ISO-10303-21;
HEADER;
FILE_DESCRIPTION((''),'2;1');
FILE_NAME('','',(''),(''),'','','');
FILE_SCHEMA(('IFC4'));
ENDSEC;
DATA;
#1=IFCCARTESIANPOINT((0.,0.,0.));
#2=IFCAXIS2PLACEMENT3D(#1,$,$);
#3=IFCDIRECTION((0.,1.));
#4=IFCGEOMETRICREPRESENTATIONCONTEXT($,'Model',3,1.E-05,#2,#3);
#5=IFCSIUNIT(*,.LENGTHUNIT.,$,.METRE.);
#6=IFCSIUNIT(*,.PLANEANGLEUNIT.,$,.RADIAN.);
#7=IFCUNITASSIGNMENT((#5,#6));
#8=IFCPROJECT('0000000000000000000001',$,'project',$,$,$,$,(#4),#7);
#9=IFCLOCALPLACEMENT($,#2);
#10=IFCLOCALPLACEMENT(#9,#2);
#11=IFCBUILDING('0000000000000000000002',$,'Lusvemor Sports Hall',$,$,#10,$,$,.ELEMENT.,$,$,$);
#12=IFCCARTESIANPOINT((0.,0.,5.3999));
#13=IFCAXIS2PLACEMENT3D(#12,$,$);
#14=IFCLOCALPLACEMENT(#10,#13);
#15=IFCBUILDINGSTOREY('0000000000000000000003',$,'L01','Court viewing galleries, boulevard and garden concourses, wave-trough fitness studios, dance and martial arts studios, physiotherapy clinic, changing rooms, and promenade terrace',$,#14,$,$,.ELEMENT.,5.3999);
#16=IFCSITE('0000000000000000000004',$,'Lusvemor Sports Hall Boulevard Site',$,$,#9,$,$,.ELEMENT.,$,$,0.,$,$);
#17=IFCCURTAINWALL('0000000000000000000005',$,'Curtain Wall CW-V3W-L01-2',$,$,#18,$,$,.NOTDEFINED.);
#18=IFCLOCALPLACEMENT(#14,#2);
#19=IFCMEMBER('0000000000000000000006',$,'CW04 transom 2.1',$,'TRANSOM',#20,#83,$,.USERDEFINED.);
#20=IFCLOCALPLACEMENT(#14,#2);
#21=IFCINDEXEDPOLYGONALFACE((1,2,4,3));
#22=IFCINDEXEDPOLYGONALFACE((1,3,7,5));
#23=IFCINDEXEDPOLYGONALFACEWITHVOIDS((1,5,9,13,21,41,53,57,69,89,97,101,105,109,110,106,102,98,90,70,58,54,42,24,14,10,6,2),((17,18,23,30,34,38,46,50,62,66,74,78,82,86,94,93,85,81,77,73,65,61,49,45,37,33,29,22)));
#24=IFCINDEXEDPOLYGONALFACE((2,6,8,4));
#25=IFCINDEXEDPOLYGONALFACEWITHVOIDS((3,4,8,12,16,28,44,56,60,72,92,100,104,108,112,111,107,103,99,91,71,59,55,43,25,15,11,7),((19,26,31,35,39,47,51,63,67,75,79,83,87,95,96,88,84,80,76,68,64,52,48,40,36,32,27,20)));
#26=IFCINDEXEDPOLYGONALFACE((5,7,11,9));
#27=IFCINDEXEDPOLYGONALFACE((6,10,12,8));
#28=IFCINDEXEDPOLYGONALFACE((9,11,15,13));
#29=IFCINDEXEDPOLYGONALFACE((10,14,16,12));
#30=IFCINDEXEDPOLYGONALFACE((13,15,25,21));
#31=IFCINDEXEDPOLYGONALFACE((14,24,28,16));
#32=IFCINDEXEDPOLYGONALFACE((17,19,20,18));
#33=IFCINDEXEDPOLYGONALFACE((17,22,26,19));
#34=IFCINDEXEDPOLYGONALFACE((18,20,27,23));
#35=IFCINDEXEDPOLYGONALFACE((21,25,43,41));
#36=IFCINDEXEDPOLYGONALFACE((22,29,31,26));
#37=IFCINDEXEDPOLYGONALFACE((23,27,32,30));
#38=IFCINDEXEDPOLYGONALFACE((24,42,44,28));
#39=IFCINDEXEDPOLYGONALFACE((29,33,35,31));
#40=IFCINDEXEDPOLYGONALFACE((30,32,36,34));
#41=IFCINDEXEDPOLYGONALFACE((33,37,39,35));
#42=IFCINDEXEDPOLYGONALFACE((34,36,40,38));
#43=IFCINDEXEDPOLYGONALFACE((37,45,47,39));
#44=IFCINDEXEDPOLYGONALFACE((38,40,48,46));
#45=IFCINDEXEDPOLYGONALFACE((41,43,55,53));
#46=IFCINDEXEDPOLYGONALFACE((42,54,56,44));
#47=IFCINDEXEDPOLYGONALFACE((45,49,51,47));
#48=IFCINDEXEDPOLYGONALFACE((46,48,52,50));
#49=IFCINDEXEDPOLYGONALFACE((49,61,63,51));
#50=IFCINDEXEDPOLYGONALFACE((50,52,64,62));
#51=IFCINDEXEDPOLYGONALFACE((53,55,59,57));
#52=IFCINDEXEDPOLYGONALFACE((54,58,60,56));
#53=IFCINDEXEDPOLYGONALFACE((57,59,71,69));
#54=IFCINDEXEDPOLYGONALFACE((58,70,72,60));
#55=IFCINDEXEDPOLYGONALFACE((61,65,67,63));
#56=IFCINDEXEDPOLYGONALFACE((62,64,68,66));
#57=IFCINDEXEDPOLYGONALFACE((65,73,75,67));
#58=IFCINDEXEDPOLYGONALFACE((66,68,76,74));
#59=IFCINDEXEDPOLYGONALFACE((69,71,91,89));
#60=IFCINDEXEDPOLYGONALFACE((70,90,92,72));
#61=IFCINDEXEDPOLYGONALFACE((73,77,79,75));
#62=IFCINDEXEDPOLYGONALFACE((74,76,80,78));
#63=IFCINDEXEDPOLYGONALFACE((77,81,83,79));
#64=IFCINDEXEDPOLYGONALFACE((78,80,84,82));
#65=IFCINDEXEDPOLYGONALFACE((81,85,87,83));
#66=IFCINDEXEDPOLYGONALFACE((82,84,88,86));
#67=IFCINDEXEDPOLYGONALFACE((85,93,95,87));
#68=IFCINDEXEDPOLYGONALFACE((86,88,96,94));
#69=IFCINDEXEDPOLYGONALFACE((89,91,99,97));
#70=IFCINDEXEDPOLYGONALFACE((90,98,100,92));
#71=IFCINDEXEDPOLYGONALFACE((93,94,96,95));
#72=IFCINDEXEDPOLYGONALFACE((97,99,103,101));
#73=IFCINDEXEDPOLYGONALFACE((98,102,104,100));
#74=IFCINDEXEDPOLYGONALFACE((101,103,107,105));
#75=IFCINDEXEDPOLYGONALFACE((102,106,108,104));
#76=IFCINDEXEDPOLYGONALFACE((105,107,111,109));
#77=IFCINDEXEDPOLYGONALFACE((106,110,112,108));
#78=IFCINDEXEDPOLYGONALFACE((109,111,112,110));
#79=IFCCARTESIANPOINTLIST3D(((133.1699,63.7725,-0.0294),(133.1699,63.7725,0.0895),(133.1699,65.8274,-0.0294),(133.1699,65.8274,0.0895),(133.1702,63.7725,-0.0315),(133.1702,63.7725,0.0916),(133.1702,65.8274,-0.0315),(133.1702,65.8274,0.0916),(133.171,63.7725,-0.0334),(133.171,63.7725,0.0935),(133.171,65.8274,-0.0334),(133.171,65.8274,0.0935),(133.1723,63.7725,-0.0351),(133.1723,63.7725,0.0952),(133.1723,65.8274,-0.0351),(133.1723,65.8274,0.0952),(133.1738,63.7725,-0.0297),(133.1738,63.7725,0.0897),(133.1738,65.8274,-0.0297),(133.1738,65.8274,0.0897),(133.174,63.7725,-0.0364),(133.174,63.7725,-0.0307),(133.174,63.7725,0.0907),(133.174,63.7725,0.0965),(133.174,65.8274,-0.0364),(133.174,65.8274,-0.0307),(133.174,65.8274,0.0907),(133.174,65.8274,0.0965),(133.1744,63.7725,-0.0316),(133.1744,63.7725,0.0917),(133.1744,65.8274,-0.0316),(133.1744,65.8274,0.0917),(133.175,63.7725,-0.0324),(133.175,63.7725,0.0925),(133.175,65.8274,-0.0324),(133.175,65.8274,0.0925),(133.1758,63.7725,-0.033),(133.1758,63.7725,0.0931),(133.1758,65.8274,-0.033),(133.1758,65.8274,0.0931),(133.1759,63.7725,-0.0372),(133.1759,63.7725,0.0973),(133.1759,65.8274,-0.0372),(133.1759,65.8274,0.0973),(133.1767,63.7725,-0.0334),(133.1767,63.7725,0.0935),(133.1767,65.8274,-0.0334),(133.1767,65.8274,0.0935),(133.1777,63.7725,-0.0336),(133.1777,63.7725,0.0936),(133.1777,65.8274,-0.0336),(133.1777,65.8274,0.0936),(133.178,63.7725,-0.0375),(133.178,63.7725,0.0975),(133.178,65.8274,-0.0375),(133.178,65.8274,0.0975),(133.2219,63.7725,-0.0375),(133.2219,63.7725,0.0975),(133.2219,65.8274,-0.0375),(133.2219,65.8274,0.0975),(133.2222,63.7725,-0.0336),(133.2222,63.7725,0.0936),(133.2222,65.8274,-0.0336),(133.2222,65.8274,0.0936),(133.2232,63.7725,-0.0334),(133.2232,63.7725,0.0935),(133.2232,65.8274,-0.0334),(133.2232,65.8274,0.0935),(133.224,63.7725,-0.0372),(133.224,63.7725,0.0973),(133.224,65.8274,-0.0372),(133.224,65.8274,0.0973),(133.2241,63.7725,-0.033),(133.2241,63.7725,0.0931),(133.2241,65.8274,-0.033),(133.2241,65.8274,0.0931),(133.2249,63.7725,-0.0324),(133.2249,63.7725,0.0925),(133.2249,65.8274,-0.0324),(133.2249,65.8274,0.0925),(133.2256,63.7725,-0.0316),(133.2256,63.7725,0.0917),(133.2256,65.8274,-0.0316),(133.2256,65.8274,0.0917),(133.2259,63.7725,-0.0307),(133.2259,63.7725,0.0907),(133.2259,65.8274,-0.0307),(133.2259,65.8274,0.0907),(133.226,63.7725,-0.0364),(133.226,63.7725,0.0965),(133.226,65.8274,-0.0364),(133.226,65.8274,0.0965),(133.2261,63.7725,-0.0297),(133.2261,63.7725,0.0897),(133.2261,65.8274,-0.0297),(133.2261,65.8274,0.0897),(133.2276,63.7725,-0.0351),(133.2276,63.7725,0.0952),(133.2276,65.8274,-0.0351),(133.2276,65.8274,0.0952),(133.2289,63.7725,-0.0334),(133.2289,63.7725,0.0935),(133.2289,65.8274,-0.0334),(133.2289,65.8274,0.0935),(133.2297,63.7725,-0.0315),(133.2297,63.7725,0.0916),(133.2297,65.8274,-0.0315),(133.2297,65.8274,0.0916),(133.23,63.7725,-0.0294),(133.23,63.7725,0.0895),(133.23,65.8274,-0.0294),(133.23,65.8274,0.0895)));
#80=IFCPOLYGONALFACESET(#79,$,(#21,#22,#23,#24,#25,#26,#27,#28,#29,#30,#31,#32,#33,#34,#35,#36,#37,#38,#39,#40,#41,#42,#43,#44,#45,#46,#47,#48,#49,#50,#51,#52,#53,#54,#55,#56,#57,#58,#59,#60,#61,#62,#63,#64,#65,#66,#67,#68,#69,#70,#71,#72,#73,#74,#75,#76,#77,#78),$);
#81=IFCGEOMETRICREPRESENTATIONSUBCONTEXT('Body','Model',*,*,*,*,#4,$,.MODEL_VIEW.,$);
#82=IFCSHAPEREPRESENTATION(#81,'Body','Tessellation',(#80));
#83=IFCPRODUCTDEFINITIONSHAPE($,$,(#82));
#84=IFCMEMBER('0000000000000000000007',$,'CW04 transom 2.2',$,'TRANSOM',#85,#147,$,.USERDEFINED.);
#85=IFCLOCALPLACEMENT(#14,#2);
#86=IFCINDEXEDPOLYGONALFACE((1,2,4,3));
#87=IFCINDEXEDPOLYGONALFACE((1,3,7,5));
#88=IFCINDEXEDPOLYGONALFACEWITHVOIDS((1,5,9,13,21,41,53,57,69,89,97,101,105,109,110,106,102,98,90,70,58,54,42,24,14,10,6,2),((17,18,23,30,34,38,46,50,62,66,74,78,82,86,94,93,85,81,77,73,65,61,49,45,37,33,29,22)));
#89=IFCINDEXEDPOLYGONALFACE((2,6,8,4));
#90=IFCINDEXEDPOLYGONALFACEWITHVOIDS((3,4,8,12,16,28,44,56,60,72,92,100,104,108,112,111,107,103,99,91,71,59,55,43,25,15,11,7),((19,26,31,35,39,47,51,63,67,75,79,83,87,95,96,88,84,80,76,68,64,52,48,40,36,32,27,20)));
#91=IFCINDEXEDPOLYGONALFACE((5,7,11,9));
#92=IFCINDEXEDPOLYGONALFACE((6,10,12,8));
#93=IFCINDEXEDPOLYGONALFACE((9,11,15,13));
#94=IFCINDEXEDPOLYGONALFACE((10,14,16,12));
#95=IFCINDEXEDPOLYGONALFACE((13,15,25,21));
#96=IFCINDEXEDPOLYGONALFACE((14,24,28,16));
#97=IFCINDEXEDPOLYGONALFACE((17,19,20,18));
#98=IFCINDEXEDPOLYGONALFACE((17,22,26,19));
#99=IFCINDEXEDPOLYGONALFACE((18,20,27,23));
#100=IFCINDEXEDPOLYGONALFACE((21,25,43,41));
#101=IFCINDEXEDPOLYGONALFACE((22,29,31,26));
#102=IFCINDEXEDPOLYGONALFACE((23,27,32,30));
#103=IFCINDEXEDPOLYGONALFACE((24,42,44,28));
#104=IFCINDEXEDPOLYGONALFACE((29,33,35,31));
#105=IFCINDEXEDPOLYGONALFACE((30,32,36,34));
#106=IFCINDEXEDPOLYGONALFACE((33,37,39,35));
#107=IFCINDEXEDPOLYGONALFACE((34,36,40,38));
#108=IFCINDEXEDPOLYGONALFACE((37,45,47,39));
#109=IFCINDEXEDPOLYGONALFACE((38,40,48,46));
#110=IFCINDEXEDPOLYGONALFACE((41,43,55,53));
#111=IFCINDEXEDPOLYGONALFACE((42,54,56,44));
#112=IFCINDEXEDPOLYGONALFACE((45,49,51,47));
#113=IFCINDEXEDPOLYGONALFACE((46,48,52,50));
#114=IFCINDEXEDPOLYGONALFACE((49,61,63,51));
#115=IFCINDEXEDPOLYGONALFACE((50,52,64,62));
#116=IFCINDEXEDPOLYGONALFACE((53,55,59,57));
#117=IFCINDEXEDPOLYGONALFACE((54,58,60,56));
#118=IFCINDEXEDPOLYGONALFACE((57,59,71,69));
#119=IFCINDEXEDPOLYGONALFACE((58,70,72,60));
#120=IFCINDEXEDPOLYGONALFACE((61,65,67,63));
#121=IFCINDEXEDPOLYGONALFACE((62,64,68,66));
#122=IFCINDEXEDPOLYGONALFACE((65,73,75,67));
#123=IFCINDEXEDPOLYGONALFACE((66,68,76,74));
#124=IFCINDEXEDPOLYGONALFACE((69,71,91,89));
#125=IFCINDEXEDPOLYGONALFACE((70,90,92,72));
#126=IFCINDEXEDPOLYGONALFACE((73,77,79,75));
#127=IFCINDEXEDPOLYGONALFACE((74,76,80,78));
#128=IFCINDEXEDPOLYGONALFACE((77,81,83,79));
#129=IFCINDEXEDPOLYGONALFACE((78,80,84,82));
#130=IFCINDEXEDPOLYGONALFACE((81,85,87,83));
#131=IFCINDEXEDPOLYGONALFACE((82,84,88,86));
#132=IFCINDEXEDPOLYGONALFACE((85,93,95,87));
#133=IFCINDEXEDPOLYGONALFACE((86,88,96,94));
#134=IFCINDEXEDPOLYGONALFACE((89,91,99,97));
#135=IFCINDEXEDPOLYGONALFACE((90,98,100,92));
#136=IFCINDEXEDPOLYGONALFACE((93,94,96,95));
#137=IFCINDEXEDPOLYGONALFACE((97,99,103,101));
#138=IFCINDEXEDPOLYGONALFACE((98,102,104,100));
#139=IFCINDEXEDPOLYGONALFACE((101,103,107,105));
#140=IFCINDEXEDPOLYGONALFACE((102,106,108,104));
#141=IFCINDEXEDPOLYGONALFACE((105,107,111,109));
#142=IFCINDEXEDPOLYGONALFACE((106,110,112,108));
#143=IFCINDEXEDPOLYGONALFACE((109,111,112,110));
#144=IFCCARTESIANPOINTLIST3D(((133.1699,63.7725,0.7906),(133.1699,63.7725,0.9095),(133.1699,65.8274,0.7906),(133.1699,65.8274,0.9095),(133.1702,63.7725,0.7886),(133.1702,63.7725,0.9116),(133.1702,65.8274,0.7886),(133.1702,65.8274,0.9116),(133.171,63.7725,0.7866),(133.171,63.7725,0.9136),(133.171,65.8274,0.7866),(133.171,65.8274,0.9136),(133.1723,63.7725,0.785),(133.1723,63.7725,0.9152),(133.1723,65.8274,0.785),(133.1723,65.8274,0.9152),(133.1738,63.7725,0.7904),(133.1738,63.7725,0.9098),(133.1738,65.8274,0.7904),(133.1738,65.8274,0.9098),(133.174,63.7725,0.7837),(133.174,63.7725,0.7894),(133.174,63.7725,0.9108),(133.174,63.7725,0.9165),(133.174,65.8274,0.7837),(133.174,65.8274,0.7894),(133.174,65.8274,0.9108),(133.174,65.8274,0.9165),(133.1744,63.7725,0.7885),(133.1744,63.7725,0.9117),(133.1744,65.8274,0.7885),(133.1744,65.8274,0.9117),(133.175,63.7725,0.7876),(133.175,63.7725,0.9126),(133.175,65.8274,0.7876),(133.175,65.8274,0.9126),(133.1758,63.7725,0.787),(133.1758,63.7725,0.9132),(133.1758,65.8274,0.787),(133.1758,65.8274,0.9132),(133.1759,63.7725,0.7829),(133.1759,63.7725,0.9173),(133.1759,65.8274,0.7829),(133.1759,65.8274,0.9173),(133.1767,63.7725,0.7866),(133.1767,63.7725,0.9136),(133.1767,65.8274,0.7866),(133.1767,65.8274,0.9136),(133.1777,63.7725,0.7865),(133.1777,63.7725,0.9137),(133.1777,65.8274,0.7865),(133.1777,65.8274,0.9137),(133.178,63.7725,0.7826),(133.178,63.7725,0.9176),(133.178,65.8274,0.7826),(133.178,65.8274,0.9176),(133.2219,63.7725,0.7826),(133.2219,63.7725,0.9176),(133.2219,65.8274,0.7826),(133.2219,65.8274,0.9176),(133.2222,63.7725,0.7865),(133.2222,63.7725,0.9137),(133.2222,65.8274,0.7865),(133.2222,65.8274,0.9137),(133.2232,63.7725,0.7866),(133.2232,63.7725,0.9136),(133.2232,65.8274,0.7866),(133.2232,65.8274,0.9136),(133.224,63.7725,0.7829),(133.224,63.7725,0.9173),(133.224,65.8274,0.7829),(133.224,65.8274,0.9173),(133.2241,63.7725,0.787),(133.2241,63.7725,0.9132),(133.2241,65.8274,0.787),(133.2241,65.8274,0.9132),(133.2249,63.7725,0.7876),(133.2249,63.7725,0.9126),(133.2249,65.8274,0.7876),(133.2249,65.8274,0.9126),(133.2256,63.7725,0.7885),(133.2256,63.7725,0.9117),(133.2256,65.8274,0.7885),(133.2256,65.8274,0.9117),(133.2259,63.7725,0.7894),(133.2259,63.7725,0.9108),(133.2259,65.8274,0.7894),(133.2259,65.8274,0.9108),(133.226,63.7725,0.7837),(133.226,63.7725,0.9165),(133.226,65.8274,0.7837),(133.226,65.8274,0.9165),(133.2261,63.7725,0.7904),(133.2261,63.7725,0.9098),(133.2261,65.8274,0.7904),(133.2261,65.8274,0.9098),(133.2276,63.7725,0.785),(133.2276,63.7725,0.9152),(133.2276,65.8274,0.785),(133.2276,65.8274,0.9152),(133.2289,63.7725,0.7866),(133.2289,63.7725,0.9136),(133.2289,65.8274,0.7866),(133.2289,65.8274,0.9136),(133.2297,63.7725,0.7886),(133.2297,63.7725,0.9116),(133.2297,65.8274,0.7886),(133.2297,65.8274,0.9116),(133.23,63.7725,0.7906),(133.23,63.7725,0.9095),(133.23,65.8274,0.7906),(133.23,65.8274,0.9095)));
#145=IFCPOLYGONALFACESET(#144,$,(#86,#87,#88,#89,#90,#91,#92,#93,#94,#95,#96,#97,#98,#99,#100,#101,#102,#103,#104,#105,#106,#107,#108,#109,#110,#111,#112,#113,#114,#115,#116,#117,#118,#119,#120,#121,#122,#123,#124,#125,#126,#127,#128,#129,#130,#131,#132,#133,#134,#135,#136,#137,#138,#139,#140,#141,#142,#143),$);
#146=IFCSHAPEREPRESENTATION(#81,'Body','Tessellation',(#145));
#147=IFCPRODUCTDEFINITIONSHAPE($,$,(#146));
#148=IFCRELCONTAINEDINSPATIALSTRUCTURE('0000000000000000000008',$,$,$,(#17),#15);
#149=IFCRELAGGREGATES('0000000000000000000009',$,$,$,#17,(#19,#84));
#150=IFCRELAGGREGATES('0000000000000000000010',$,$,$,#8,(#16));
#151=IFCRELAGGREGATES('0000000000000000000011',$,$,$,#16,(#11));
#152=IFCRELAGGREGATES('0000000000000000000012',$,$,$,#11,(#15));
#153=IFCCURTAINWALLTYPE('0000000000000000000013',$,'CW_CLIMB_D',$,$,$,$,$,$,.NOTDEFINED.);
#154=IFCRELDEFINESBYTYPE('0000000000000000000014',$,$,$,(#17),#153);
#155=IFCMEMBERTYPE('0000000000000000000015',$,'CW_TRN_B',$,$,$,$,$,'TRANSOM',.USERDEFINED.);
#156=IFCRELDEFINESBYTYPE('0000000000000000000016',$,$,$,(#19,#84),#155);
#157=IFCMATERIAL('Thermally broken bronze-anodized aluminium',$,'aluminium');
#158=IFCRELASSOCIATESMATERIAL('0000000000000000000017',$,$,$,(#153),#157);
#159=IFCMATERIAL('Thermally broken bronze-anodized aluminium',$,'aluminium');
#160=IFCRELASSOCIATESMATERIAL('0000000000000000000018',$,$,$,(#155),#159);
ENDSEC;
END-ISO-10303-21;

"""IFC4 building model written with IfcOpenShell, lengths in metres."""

from ifc_helpers import new_model, si_unit, direction, frame, origin, origin_2d, place, context, subcontext, project, spatial, hollow_rectangle, extrude, material, material_profile, profile_set, type_object, element, aggregate, save


model = new_model("IFC4")

# Units and contexts
model_context = context("Model", 3, precision=1e-05, world=origin(), true_north=direction((0.0, 1.0)))
body_context = subcontext(model_context, "Body", "Model", "MODEL_VIEW")
ifc_project = project(units=[si_unit("LENGTHUNIT", "METRE"), si_unit("PLANEANGLEUNIT", "RADIAN")], contexts=[model_context])

# Site, building, storey
site_placement = place(None, origin())
site = spatial("IfcSite", under=ifc_project, at=site_placement, Name="Lusvemor Sports Hall Boulevard Site", CompositionType="ELEMENT", RefElevation=0.0)
building_placement = place(site_placement, origin())
building = spatial("IfcBuilding", under=site, at=building_placement, Name="Lusvemor Sports Hall", CompositionType="ELEMENT")
storey_placement = place(building_placement, frame((0.0, 0.0, 5.3999)))
storey = spatial("IfcBuildingStorey", under=building, at=storey_placement, Name="L01", Description="Court viewing galleries, boulevard and garden concourses, wave-trough fitness studios, dance and martial arts studios, physiotherapy clinic, changing rooms, and promenade terrace", CompositionType="ELEMENT", Elevation=5.3999)

# Shared definitions
ifc_material_1 = material(Name="Thermally broken bronze-anodized aluminium", Category="aluminium")
curtain_wall_type = type_object("IfcCurtainWallType", Name="CW_CLIMB_D", PredefinedType="NOTDEFINED", material=ifc_material_1)

# Curtain wall, members
curtain_wall_1_placement = place(storey_placement, origin())
curtain_wall_1 = element("IfcCurtainWall", 1, at=curtain_wall_1_placement, inside=storey, type_object=curtain_wall_type, Name="Curtain Wall CW-V3W-L01-2", PredefinedType="NOTDEFINED")
ifc_material_2 = material(Name="Thermally broken bronze-anodized aluminium", Category="aluminium")
ifc_material_profile_1 = material_profile(ifc_material_2, hollow_rectangle(XDim=0.0601, YDim=0.135, WallThickness=0.0039, InnerFilletRadius=0.0039, OuterFilletRadius=0.0081, at=origin_2d()), Name="CWTRN135x60x4")
ifc_profile_set_1 = profile_set([ifc_material_profile_1], Name="Thermally broken bronze-anodized aluminium")
member_type_1 = type_object("IfcMemberType", Name="CW_TRN_B", ElementType="TRANSOM", PredefinedType="USERDEFINED", material=ifc_profile_set_1)
member_1_placement = place(storey_placement, frame((133.2, 63.7725, 0.03), z_axis=(0.0, 1.0, 0.0), x_axis=(-1.0, 0.0, 0.0)))
member_1 = element("IfcMember", 2, at=member_1_placement, type_object=member_type_1, Name="CW04 transom 2.1", ObjectType="TRANSOM", PredefinedType="USERDEFINED", context=body_context, shape_type="SweptSolid", body=[
    extrude(hollow_rectangle(XDim=0.0601, YDim=0.135, WallThickness=0.0039, InnerFilletRadius=0.0039, OuterFilletRadius=0.0081, at=origin_2d()), origin(), (0.0, 0.0, 1.0), 2.0549),
])
member_2_placement = place(storey_placement, frame((133.2, 63.7725, 0.8501), z_axis=(0.0, 1.0, 0.0), x_axis=(-1.0, 0.0, 0.0)))
member_2 = element("IfcMember", 3, at=member_2_placement, type_object=member_type_1, Name="CW04 transom 2.2", ObjectType="TRANSOM", PredefinedType="USERDEFINED", context=body_context, shape_type="SweptSolid", body=[
    extrude(hollow_rectangle(XDim=0.0601, YDim=0.135, WallThickness=0.0039, InnerFilletRadius=0.0039, OuterFilletRadius=0.0081, at=origin_2d()), origin(), (0.0, 0.0, 1.0), 2.0549),
])

aggregate(curtain_wall_1, [member_1, member_2])

save(model, "model.ifc")
